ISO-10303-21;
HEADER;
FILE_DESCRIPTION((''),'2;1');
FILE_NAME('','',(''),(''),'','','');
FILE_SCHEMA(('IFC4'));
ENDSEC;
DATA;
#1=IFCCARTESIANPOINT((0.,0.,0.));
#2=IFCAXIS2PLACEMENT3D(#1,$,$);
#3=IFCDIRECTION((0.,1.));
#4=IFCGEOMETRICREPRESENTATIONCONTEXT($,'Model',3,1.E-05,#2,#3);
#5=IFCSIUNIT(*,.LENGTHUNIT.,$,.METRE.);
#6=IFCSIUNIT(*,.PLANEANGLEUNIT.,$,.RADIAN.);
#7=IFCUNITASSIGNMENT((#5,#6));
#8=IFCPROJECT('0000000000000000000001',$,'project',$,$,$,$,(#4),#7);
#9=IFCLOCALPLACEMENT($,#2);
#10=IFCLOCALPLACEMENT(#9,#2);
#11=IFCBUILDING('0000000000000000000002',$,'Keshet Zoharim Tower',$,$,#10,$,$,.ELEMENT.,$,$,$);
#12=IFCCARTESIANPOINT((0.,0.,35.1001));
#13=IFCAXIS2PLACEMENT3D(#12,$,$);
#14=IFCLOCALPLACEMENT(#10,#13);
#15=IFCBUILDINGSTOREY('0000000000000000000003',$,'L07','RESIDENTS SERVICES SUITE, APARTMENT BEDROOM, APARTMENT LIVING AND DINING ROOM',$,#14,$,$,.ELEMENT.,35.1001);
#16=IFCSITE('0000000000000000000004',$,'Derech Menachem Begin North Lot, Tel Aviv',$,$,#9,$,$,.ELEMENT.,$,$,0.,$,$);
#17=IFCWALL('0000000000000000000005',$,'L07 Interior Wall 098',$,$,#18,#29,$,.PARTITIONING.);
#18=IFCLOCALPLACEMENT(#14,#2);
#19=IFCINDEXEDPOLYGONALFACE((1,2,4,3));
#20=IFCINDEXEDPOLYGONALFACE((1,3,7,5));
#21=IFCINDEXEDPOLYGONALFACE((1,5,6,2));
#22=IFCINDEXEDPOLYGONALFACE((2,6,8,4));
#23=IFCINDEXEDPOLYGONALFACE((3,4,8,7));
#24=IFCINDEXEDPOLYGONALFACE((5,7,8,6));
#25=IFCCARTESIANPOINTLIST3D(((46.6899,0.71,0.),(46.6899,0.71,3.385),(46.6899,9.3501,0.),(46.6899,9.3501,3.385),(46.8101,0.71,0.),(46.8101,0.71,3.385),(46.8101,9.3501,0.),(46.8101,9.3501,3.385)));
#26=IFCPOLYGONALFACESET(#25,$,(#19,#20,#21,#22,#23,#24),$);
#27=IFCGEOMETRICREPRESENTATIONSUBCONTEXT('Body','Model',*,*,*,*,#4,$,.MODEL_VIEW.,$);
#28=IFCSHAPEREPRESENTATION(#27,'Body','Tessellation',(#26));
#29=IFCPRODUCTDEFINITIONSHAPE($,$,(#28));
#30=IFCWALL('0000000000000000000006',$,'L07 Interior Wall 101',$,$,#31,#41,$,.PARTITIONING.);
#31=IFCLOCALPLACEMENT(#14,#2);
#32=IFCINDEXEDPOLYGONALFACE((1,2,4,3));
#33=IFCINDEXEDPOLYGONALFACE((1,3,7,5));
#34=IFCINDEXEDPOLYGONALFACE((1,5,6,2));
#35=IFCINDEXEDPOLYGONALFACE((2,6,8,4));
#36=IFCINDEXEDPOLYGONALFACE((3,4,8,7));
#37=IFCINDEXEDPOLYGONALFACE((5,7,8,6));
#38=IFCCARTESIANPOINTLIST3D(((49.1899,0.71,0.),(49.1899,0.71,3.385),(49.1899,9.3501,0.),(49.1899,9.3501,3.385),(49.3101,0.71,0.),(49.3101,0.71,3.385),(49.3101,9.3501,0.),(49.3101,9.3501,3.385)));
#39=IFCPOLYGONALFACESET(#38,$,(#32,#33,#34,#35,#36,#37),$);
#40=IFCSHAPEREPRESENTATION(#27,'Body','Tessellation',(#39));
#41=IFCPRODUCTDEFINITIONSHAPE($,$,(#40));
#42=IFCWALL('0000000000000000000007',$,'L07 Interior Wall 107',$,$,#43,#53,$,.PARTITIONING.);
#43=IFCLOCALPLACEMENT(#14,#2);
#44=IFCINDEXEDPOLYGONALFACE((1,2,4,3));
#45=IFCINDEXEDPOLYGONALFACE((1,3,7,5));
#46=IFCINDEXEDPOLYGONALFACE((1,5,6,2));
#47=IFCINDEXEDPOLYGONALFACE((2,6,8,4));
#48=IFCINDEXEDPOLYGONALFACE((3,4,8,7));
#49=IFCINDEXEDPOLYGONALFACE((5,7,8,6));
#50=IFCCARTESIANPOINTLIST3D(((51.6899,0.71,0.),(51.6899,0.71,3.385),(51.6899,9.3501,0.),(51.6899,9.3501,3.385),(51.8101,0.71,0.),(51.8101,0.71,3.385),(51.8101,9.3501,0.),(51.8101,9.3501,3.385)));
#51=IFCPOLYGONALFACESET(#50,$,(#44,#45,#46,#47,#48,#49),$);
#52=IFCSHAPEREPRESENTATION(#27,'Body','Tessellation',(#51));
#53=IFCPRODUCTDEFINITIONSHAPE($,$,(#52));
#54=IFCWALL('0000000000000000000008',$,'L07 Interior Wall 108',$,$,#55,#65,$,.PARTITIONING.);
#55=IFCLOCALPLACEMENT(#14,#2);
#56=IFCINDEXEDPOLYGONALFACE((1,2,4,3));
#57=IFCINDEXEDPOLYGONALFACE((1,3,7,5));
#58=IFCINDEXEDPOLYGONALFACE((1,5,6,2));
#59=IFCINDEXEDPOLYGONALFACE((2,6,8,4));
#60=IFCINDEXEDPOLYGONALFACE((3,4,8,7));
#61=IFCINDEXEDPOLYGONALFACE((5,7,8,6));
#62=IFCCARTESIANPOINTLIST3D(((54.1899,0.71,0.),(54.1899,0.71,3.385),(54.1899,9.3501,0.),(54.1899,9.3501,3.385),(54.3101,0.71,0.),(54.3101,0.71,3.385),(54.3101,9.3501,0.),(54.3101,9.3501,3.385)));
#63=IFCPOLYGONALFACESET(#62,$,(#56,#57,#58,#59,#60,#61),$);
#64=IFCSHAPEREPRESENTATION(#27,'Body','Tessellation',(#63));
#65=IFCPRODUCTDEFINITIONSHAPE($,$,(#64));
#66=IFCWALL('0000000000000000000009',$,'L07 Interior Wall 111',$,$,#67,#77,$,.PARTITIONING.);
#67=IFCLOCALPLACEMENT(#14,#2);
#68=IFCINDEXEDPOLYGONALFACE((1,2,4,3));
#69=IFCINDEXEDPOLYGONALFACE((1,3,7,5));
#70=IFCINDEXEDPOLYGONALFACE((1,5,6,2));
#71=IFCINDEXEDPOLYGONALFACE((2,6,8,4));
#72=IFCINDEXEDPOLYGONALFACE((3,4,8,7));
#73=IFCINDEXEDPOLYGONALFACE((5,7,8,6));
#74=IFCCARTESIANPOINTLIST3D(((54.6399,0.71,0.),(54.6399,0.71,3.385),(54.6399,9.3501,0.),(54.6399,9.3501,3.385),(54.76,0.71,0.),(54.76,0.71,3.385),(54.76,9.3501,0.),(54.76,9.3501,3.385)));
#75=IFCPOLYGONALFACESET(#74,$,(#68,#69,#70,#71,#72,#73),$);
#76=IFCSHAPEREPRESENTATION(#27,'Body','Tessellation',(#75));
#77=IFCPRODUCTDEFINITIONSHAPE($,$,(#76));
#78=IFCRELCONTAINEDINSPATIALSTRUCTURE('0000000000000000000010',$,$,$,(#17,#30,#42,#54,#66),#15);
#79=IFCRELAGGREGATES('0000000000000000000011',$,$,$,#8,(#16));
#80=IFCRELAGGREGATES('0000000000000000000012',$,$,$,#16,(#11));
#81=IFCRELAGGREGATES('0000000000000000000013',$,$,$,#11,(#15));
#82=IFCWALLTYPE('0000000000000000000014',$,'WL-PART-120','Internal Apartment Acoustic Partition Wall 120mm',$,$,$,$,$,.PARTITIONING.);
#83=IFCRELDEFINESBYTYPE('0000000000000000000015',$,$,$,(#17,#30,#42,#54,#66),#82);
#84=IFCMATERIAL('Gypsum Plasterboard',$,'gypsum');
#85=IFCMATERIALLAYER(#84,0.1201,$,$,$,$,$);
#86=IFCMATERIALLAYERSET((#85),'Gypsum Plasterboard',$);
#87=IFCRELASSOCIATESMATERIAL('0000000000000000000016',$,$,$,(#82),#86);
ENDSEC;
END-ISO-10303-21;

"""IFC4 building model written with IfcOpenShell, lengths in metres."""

from ifc_helpers import new_model, si_unit, direction, frame, frame_2d, origin, place, context, subcontext, project, spatial, rectangle, extrude, material, layer, layer_set, type_object, element, save


model = new_model("IFC4")

# Units and contexts
model_context = context("Model", 3, precision=1e-05, world=origin(), true_north=direction((0.0, 1.0)))
body_context = subcontext(model_context, "Body", "Model", "MODEL_VIEW")
ifc_project = project(units=[si_unit("LENGTHUNIT", "METRE"), si_unit("PLANEANGLEUNIT", "RADIAN")], contexts=[model_context])

# Site, building, storey
site_placement = place(None, origin())
site = spatial("IfcSite", under=ifc_project, at=site_placement, Name="Derech Menachem Begin North Lot, Tel Aviv", CompositionType="ELEMENT", RefElevation=0.0)
building_placement = place(site_placement, origin())
building = spatial("IfcBuilding", under=site, at=building_placement, Name="Keshet Zoharim Tower", CompositionType="ELEMENT")
storey_placement = place(building_placement, frame((0.0, 0.0, 35.1001)))
storey = spatial("IfcBuildingStorey", under=building, at=storey_placement, Name="L07", Description="RESIDENTS SERVICES SUITE, APARTMENT BEDROOM, APARTMENT LIVING AND DINING ROOM", CompositionType="ELEMENT", Elevation=35.1001)

# Walls
ifc_material_1 = material(Name="Gypsum Plasterboard", Category="gypsum")
ifc_layer_1 = layer(ifc_material_1, 0.1201)
ifc_layer_set_1 = layer_set([ifc_layer_1], Name="Gypsum Plasterboard")
wall_type = type_object("IfcWallType", Name="WL-PART-120", Description="Internal Apartment Acoustic Partition Wall 120mm", PredefinedType="PARTITIONING", material=ifc_layer_set_1)
for number, where, z_axis, x_axis, name in (
    (1, (46.75, 0.71, 0.0), (0.0, 0.0, 1.0), (0.0, 1.0, 0.0), "L07 Interior Wall 098"),
    (2, (49.25, 0.71, 0.0), (0.0, 0.0, 1.0), (0.0, 1.0, 0.0), "L07 Interior Wall 101"),
    (3, (51.75, 0.71, 0.0), (0.0, 0.0, 1.0), (0.0, 1.0, 0.0), "L07 Interior Wall 107"),
    (4, (54.25, 0.71, 0.0), (0.0, 0.0, 1.0), (0.0, 1.0, 0.0), "L07 Interior Wall 108"),
    (5, (54.7, 0.71, 0.0), (0.0, 0.0, 1.0), (0.0, 1.0, 0.0), "L07 Interior Wall 111"),
):
    element("IfcWall", number, at=place(storey_placement, frame(where, z_axis=z_axis, x_axis=x_axis)), inside=storey, type_object=wall_type, Name=name, PredefinedType="PARTITIONING", context=body_context, shape_type="SweptSolid", body=[
        extrude(rectangle(XDim=8.6401, YDim=0.1201, at=frame_2d((4.3201, 0.0))), origin(), (0.0, 0.0, 1.0), 3.385),
    ])

save(model, "model.ifc")
